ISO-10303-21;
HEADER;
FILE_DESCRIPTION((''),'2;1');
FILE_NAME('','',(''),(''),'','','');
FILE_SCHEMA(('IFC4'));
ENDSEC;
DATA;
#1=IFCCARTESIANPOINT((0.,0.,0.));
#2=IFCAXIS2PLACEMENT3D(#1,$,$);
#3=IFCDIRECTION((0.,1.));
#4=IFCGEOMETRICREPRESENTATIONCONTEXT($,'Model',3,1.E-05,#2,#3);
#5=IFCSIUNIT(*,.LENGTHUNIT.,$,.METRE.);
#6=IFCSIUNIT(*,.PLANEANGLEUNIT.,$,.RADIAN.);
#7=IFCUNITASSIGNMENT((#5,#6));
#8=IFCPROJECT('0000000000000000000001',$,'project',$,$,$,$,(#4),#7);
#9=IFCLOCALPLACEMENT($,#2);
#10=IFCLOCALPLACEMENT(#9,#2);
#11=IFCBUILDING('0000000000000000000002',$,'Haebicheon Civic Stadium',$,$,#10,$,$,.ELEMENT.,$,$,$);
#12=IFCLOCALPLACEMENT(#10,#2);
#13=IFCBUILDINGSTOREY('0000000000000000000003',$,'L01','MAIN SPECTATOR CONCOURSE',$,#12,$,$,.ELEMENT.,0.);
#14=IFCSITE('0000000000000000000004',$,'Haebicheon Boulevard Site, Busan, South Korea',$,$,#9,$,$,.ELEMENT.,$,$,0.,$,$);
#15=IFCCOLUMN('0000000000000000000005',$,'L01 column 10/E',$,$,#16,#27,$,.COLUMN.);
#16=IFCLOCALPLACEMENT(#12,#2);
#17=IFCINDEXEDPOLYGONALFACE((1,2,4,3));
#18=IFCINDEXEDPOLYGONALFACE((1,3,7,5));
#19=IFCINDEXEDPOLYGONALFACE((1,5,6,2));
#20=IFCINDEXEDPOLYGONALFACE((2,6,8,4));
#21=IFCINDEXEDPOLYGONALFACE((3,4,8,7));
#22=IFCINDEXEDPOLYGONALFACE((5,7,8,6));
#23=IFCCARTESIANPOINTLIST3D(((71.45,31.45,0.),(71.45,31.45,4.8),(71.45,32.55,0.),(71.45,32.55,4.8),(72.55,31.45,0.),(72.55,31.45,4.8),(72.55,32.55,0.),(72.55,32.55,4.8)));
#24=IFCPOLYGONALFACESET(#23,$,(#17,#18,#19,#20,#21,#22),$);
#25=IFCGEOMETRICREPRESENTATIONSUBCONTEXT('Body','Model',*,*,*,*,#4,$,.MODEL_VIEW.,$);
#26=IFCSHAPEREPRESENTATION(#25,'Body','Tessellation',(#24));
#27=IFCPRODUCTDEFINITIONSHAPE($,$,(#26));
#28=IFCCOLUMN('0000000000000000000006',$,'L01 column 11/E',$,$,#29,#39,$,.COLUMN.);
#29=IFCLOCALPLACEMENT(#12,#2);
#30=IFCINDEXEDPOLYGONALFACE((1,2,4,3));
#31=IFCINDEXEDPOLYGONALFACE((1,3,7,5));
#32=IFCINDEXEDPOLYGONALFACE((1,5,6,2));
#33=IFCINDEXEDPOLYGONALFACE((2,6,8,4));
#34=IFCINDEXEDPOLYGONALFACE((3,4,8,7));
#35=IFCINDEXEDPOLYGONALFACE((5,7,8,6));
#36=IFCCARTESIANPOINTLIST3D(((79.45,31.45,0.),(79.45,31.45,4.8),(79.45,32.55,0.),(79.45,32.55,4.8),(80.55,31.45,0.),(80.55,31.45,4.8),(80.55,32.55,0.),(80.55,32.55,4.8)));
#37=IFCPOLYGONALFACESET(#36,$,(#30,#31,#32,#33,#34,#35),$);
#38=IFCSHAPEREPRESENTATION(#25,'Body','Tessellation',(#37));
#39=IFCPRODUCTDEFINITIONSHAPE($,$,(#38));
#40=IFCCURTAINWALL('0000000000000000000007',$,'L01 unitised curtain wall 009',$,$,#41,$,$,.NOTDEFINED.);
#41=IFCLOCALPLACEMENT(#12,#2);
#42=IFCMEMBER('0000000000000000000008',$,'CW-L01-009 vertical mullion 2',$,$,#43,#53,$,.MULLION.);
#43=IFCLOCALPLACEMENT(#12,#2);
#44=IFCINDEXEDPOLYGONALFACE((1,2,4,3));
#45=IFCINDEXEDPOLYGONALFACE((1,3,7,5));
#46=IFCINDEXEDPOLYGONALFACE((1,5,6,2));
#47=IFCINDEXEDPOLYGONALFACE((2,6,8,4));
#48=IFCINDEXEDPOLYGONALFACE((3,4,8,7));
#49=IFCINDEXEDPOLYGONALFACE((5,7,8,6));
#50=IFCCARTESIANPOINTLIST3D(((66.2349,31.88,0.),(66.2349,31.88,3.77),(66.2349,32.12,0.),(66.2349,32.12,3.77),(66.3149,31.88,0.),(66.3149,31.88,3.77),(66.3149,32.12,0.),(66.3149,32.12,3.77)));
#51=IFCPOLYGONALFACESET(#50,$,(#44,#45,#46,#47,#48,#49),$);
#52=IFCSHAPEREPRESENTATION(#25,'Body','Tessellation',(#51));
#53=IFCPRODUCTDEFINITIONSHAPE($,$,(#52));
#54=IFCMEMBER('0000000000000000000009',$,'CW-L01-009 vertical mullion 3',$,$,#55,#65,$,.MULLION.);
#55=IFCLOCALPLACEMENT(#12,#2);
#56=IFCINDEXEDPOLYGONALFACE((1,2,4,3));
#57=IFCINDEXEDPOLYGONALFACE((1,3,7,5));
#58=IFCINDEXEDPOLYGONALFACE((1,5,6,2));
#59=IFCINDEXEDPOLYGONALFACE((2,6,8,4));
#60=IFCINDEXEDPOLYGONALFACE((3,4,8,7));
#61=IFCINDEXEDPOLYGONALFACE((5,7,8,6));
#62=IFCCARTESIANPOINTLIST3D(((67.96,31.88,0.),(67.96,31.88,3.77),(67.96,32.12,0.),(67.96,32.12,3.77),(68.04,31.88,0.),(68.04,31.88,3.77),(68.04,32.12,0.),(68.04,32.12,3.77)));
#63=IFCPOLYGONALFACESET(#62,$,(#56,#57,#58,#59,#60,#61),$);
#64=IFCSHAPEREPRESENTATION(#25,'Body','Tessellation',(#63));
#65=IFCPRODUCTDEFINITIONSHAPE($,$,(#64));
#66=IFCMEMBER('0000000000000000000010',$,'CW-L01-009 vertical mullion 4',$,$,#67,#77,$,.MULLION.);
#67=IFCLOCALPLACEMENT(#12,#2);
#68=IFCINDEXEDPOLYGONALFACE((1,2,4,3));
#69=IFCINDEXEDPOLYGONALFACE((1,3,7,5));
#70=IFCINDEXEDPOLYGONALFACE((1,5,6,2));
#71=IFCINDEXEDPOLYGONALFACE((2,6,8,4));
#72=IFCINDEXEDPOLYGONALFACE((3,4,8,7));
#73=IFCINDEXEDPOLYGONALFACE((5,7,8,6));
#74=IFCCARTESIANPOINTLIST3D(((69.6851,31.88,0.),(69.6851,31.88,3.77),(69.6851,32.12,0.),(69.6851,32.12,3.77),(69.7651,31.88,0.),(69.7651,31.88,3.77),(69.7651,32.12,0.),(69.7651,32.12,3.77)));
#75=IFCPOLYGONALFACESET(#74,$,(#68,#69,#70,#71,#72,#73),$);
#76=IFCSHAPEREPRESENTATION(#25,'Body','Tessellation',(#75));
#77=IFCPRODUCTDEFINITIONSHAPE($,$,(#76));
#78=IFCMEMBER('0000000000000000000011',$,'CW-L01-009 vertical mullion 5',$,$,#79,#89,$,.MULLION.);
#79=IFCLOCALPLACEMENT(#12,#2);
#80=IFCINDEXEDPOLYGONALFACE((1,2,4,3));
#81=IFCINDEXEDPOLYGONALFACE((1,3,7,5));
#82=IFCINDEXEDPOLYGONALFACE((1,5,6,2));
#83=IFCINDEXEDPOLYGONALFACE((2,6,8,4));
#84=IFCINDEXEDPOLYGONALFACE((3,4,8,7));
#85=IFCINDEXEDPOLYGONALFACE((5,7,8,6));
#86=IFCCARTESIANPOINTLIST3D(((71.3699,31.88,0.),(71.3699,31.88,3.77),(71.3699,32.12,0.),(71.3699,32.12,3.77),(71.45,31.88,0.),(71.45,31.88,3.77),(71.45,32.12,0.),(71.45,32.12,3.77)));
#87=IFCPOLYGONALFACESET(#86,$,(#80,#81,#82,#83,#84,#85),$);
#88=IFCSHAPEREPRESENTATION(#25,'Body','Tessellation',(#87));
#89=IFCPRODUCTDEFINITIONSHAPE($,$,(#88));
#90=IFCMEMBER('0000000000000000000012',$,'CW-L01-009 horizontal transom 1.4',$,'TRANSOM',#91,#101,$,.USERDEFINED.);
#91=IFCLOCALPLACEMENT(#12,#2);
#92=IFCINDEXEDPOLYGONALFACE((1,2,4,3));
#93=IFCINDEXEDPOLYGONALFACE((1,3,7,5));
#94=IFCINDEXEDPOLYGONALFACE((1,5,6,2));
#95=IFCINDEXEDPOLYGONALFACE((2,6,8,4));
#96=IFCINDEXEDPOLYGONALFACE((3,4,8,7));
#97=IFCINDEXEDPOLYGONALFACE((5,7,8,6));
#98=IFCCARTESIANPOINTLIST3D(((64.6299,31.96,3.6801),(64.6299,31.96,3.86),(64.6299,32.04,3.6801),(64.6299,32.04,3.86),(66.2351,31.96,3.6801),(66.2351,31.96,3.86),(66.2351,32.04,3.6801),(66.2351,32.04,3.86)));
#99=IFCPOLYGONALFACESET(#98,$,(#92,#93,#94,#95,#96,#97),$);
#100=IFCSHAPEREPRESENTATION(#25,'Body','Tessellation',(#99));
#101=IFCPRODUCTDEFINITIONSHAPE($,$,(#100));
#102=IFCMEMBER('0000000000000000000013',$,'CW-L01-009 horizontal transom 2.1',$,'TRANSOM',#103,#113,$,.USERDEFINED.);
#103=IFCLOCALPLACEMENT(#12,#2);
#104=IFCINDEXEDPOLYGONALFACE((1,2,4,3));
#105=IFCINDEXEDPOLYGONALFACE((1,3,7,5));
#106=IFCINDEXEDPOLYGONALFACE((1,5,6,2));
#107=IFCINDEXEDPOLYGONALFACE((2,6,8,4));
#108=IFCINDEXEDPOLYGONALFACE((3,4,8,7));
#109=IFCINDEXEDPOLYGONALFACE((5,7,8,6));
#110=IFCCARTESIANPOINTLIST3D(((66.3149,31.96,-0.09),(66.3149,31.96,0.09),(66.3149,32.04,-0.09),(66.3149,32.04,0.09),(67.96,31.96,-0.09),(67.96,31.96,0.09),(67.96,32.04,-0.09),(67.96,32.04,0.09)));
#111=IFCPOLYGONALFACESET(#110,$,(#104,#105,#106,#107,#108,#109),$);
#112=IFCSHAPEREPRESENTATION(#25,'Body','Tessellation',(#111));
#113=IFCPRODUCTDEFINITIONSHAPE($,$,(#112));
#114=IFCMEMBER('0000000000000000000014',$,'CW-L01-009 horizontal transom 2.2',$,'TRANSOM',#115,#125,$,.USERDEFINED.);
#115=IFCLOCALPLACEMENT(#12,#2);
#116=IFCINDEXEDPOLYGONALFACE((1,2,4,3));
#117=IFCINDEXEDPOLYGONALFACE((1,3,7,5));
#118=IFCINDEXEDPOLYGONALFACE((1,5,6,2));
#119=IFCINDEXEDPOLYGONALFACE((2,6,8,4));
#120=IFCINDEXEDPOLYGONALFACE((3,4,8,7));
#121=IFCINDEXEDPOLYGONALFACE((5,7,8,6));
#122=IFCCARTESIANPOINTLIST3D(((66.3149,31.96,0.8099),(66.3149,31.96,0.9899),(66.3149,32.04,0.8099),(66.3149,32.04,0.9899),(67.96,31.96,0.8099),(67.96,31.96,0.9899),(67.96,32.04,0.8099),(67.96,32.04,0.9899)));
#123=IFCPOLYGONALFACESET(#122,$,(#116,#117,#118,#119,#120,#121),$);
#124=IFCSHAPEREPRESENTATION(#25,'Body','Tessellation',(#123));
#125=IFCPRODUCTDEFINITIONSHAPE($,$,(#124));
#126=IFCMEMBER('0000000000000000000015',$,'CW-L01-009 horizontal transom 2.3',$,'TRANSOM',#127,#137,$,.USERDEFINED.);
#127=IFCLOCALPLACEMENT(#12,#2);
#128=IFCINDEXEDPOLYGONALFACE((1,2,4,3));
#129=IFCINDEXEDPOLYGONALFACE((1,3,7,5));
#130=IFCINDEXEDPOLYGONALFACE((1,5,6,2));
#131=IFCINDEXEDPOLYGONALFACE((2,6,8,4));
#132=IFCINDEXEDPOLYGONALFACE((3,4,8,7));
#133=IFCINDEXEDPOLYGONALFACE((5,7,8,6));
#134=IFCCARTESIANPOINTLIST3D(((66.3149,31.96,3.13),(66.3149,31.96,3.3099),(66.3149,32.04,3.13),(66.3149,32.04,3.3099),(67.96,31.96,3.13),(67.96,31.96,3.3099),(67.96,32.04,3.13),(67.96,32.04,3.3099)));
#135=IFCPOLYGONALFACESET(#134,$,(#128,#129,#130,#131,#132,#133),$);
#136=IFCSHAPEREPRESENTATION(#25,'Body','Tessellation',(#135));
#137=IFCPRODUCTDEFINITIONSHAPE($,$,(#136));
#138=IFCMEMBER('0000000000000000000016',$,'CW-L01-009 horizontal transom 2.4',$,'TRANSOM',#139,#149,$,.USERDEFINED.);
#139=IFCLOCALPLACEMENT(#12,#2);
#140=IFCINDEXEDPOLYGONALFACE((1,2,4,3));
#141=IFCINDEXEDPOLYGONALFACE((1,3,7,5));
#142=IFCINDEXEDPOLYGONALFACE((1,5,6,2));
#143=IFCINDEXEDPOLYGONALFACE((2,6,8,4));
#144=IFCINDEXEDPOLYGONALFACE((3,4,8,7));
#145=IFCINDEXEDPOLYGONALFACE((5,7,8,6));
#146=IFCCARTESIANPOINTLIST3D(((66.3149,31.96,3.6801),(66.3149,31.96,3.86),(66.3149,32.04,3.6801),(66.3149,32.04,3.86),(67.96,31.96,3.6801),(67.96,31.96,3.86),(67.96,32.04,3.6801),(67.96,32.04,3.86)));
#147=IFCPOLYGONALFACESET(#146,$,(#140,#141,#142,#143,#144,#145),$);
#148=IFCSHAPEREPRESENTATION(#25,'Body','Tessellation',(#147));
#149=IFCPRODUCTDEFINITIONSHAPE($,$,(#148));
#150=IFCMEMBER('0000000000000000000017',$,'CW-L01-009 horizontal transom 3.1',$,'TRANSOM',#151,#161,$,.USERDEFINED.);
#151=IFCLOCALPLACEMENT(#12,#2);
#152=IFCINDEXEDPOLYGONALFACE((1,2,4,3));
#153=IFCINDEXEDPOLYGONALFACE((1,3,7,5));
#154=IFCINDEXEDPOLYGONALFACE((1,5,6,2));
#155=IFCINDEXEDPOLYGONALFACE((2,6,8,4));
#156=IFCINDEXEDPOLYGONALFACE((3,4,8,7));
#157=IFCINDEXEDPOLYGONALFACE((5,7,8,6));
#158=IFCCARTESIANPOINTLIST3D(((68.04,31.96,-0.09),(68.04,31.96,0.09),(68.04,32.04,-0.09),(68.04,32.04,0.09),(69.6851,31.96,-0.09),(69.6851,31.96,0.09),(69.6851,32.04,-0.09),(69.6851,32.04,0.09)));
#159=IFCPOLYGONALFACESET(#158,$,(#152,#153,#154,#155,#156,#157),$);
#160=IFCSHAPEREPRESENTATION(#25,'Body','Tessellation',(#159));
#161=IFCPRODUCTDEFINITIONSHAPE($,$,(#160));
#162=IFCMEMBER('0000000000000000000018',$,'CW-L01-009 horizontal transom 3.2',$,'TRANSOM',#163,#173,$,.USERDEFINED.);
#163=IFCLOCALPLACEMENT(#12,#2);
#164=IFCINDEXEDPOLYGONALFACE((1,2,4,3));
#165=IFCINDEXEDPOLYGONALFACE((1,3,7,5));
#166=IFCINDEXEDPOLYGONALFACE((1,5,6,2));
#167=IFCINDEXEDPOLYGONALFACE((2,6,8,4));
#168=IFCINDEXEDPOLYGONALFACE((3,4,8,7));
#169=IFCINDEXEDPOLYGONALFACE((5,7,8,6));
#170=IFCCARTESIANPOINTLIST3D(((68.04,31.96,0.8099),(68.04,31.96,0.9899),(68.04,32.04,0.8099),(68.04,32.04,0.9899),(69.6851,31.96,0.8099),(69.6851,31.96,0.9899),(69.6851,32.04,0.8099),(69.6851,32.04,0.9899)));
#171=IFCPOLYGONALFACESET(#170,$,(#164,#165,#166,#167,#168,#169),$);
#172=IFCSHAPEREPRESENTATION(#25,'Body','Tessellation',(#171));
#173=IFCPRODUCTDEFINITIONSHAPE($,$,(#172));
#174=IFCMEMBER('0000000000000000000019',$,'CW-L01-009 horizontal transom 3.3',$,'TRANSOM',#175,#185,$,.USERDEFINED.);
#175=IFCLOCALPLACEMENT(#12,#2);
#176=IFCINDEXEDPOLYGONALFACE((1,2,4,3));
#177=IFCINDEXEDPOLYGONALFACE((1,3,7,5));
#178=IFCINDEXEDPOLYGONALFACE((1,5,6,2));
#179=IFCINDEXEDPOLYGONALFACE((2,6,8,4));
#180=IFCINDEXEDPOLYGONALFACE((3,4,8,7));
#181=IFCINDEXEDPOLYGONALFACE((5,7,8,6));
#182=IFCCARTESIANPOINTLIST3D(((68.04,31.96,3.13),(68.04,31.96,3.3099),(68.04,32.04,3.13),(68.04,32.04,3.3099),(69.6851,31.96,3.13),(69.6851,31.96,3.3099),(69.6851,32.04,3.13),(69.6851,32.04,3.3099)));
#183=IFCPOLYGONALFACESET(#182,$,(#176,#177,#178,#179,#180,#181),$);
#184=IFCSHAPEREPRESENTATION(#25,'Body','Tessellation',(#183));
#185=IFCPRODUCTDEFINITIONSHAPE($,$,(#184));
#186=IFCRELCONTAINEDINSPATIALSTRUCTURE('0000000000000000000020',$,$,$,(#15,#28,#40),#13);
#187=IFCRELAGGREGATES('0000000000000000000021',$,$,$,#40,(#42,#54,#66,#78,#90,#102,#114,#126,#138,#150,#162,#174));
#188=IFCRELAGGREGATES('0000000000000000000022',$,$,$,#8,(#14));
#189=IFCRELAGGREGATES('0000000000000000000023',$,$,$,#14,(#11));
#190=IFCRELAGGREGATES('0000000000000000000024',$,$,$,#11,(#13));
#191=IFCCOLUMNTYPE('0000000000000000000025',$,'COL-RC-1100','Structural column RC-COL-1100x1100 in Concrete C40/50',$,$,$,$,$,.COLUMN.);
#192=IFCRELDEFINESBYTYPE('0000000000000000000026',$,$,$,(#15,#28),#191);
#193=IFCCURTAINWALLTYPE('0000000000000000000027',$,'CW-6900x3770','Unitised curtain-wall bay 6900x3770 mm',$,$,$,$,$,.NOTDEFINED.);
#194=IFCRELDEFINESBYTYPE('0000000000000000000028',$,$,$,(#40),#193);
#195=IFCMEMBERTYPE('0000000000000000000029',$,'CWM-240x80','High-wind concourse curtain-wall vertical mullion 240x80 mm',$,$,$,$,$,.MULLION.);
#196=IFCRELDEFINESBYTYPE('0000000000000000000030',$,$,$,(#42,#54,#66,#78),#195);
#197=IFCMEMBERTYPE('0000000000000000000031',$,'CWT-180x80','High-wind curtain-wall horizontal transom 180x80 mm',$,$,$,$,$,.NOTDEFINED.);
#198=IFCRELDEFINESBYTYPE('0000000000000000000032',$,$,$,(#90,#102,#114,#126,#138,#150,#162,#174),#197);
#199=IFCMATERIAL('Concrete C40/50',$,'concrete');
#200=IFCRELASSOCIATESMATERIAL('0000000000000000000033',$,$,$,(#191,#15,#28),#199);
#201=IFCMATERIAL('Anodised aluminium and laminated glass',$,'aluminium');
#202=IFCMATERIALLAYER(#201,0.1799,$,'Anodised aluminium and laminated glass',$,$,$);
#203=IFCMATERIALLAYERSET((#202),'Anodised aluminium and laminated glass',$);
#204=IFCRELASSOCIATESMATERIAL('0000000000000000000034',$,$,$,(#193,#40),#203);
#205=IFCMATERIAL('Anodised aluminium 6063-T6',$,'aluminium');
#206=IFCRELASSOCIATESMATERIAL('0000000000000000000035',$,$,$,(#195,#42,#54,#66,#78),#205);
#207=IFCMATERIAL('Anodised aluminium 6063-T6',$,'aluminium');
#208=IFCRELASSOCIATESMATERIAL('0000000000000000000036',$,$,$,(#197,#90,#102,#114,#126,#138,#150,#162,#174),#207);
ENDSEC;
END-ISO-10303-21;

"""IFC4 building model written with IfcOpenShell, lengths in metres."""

from ifc_helpers import new_model, si_unit, direction, frame, origin, origin_2d, place, context, subcontext, project, spatial, rectangle, extrude, material, layer, layer_set, material_profile, profile_set, type_object, element, aggregate, save


model = new_model("IFC4")

# Units and contexts
model_context = context("Model", 3, precision=1e-05, world=origin(), true_north=direction((0.0, 1.0)))
body_context = subcontext(model_context, "Body", "Model", "MODEL_VIEW")
ifc_project = project(units=[si_unit("LENGTHUNIT", "METRE"), si_unit("PLANEANGLEUNIT", "RADIAN")], contexts=[model_context])

# Site, building, storey
site_placement = place(None, origin())
site = spatial("IfcSite", under=ifc_project, at=site_placement, Name="Haebicheon Boulevard Site, Busan, South Korea", CompositionType="ELEMENT", RefElevation=0.0)
building_placement = place(site_placement, origin())
building = spatial("IfcBuilding", under=site, at=building_placement, Name="Haebicheon Civic Stadium", CompositionType="ELEMENT")
storey_placement = place(building_placement, origin())
storey = spatial("IfcBuildingStorey", under=building, at=storey_placement, Name="L01", Description="MAIN SPECTATOR CONCOURSE", CompositionType="ELEMENT", Elevation=0.0)

# Columns
ifc_material_1 = material(Name="Concrete C40/50", Category="concrete")
ifc_material_profile_1 = material_profile(ifc_material_1, rectangle(XDim=1.1001, YDim=1.1001, at=origin_2d()), Name="RC-COL-1100x1100")
ifc_profile_set_1 = profile_set([ifc_material_profile_1], Name="Concrete C40/50")
column_type = type_object("IfcColumnType", Name="COL-RC-1100", Description="Structural column RC-COL-1100x1100 in Concrete C40/50", PredefinedType="COLUMN", material=ifc_profile_set_1)
for number, where, z_axis, x_axis, name in (
    (1, (72.0, 32.0, 0.0), (0.0, 0.0, 1.0), (1.0, 0.0, 0.0), "L01 column 10/E"),
    (2, (80.0, 32.0, 0.0), (0.0, 0.0, 1.0), (1.0, 0.0, 0.0), "L01 column 11/E"),
):
    element("IfcColumn", number, at=place(storey_placement, frame(where, z_axis=z_axis, x_axis=x_axis)), inside=storey, type_object=column_type, material=ifc_profile_set_1, Name=name, PredefinedType="COLUMN", context=body_context, shape_type="SweptSolid", body=[
        extrude(rectangle(XDim=1.1001, YDim=1.1001, at=origin_2d()), origin(), (0.0, 0.0, 1.0), 4.8),
    ])

# Curtain wall, members
ifc_material_2 = material(Name="Anodised aluminium and laminated glass", Category="aluminium")
ifc_layer_1 = layer(ifc_material_2, 0.1799, Name="Anodised aluminium and laminated glass")
ifc_layer_set_1 = layer_set([ifc_layer_1], Name="Anodised aluminium and laminated glass")
curtain_wall_type = type_object("IfcCurtainWallType", Name="CW-6900x3770", Description="Unitised curtain-wall bay 6900x3770 mm", PredefinedType="NOTDEFINED", material=ifc_layer_set_1)
curtain_wall_placement = place(storey_placement, origin())
curtain_wall = element("IfcCurtainWall", 3, at=curtain_wall_placement, inside=storey, type_object=curtain_wall_type, material=ifc_layer_set_1, Name="L01 unitised curtain wall 009", PredefinedType="NOTDEFINED")
ifc_material_3 = material(Name="Anodised aluminium 6063-T6", Category="aluminium")
ifc_material_profile_2 = material_profile(ifc_material_3, rectangle(XDim=0.0801, YDim=0.24, at=origin_2d()), Name="ALU-MULL-80x240")
ifc_profile_set_2 = profile_set([ifc_material_profile_2], Name="Anodised aluminium 6063-T6")
member_type_1 = type_object("IfcMemberType", Name="CWM-240x80", Description="High-wind concourse curtain-wall vertical mullion 240x80 mm", PredefinedType="MULLION", material=ifc_profile_set_2)
member_1_placement = place(storey_placement, frame((66.2749, 32.0, 0.0), z_axis=(0.0, 0.0, 1.0), x_axis=(1.0, 0.0, 0.0)))
member_1 = element("IfcMember", 4, at=member_1_placement, type_object=member_type_1, material=ifc_profile_set_2, Name="CW-L01-009 vertical mullion 2", PredefinedType="MULLION", context=body_context, shape_type="SweptSolid", body=[
    extrude(rectangle(XDim=0.0801, YDim=0.24, at=origin_2d()), origin(), (0.0, 0.0, 1.0), 3.77),
])
member_2_placement = place(storey_placement, frame((68.0, 32.0, 0.0), z_axis=(0.0, 0.0, 1.0), x_axis=(1.0, 0.0, 0.0)))
member_2 = element("IfcMember", 5, at=member_2_placement, type_object=member_type_1, material=ifc_profile_set_2, Name="CW-L01-009 vertical mullion 3", PredefinedType="MULLION", context=body_context, shape_type="SweptSolid", body=[
    extrude(rectangle(XDim=0.0801, YDim=0.24, at=origin_2d()), origin(), (0.0, 0.0, 1.0), 3.77),
])
member_3_placement = place(storey_placement, frame((69.7251, 32.0, 0.0), z_axis=(0.0, 0.0, 1.0), x_axis=(1.0, 0.0, 0.0)))
member_3 = element("IfcMember", 6, at=member_3_placement, type_object=member_type_1, material=ifc_profile_set_2, Name="CW-L01-009 vertical mullion 4", PredefinedType="MULLION", context=body_context, shape_type="SweptSolid", body=[
    extrude(rectangle(XDim=0.0801, YDim=0.24, at=origin_2d()), origin(), (0.0, 0.0, 1.0), 3.77),
])
member_4_placement = place(storey_placement, frame((71.4099, 32.0, 0.0), z_axis=(0.0, 0.0, 1.0), x_axis=(1.0, 0.0, 0.0)))
member_4 = element("IfcMember", 7, at=member_4_placement, type_object=member_type_1, material=ifc_profile_set_2, Name="CW-L01-009 vertical mullion 5", PredefinedType="MULLION", context=body_context, shape_type="SweptSolid", body=[
    extrude(rectangle(XDim=0.0801, YDim=0.24, at=origin_2d()), origin(), (0.0, 0.0, 1.0), 3.77),
])
ifc_material_4 = material(Name="Anodised aluminium 6063-T6", Category="aluminium")
ifc_material_profile_3 = material_profile(ifc_material_4, rectangle(XDim=0.0801, YDim=0.1799, at=origin_2d()), Name="ALU-TRAN-80x180")
ifc_profile_set_3 = profile_set([ifc_material_profile_3], Name="Anodised aluminium 6063-T6")
member_type_2 = type_object("IfcMemberType", Name="CWT-180x80", Description="High-wind curtain-wall horizontal transom 180x80 mm", PredefinedType="NOTDEFINED", material=ifc_profile_set_3)
member_5_placement = place(storey_placement, frame((64.6299, 32.0, 3.77), z_axis=(1.0, 0.0, 0.0), x_axis=(0.0, 1.0, 0.0)))
member_5 = element("IfcMember", 8, at=member_5_placement, type_object=member_type_2, material=ifc_profile_set_3, Name="CW-L01-009 horizontal transom 1.4", ObjectType="TRANSOM", PredefinedType="USERDEFINED", context=body_context, shape_type="SweptSolid", body=[
    extrude(rectangle(XDim=0.0801, YDim=0.1799, at=origin_2d()), origin(), (0.0, 0.0, 1.0), 1.6052),
])
member_6_placement = place(storey_placement, frame((66.3149, 32.0, 0.0), z_axis=(1.0, 0.0, 0.0), x_axis=(0.0, 1.0, 0.0)))
member_6 = element("IfcMember", 9, at=member_6_placement, type_object=member_type_2, material=ifc_profile_set_3, Name="CW-L01-009 horizontal transom 2.1", ObjectType="TRANSOM", PredefinedType="USERDEFINED", context=body_context, shape_type="SweptSolid", body=[
    extrude(rectangle(XDim=0.0801, YDim=0.1799, at=origin_2d()), origin(), (0.0, 0.0, 1.0), 1.645),
])
member_7_placement = place(storey_placement, frame((66.3149, 32.0, 0.8999), z_axis=(1.0, 0.0, 0.0), x_axis=(0.0, 1.0, 0.0)))
member_7 = element("IfcMember", 10, at=member_7_placement, type_object=member_type_2, material=ifc_profile_set_3, Name="CW-L01-009 horizontal transom 2.2", ObjectType="TRANSOM", PredefinedType="USERDEFINED", context=body_context, shape_type="SweptSolid", body=[
    extrude(rectangle(XDim=0.0801, YDim=0.1799, at=origin_2d()), origin(), (0.0, 0.0, 1.0), 1.645),
])
member_8_placement = place(storey_placement, frame((66.3149, 32.0, 3.22), z_axis=(1.0, 0.0, 0.0), x_axis=(0.0, 1.0, 0.0)))
member_8 = element("IfcMember", 11, at=member_8_placement, type_object=member_type_2, material=ifc_profile_set_3, Name="CW-L01-009 horizontal transom 2.3", ObjectType="TRANSOM", PredefinedType="USERDEFINED", context=body_context, shape_type="SweptSolid", body=[
    extrude(rectangle(XDim=0.0801, YDim=0.1799, at=origin_2d()), origin(), (0.0, 0.0, 1.0), 1.645),
])
member_9_placement = place(storey_placement, frame((66.3149, 32.0, 3.77), z_axis=(1.0, 0.0, 0.0), x_axis=(0.0, 1.0, 0.0)))
member_9 = element("IfcMember", 12, at=member_9_placement, type_object=member_type_2, material=ifc_profile_set_3, Name="CW-L01-009 horizontal transom 2.4", ObjectType="TRANSOM", PredefinedType="USERDEFINED", context=body_context, shape_type="SweptSolid", body=[
    extrude(rectangle(XDim=0.0801, YDim=0.1799, at=origin_2d()), origin(), (0.0, 0.0, 1.0), 1.645),
])
member_10_placement = place(storey_placement, frame((68.04, 32.0, 0.0), z_axis=(1.0, 0.0, 0.0), x_axis=(0.0, 1.0, 0.0)))
member_10 = element("IfcMember", 13, at=member_10_placement, type_object=member_type_2, material=ifc_profile_set_3, Name="CW-L01-009 horizontal transom 3.1", ObjectType="TRANSOM", PredefinedType="USERDEFINED", context=body_context, shape_type="SweptSolid", body=[
    extrude(rectangle(XDim=0.0801, YDim=0.1799, at=origin_2d()), origin(), (0.0, 0.0, 1.0), 1.645),
])
member_11_placement = place(storey_placement, frame((68.04, 32.0, 0.8999), z_axis=(1.0, 0.0, 0.0), x_axis=(0.0, 1.0, 0.0)))
member_11 = element("IfcMember", 14, at=member_11_placement, type_object=member_type_2, material=ifc_profile_set_3, Name="CW-L01-009 horizontal transom 3.2", ObjectType="TRANSOM", PredefinedType="USERDEFINED", context=body_context, shape_type="SweptSolid", body=[
    extrude(rectangle(XDim=0.0801, YDim=0.1799, at=origin_2d()), origin(), (0.0, 0.0, 1.0), 1.645),
])
member_12_placement = place(storey_placement, frame((68.04, 32.0, 3.22), z_axis=(1.0, 0.0, 0.0), x_axis=(0.0, 1.0, 0.0)))
member_12 = element("IfcMember", 15, at=member_12_placement, type_object=member_type_2, material=ifc_profile_set_3, Name="CW-L01-009 horizontal transom 3.3", ObjectType="TRANSOM", PredefinedType="USERDEFINED", context=body_context, shape_type="SweptSolid", body=[
    extrude(rectangle(XDim=0.0801, YDim=0.1799, at=origin_2d()), origin(), (0.0, 0.0, 1.0), 1.645),
])

aggregate(curtain_wall, [member_1, member_2, member_3, member_4, member_5, member_6, member_7, member_8, member_9, member_10, member_11, member_12])

save(model, "model.ifc")
